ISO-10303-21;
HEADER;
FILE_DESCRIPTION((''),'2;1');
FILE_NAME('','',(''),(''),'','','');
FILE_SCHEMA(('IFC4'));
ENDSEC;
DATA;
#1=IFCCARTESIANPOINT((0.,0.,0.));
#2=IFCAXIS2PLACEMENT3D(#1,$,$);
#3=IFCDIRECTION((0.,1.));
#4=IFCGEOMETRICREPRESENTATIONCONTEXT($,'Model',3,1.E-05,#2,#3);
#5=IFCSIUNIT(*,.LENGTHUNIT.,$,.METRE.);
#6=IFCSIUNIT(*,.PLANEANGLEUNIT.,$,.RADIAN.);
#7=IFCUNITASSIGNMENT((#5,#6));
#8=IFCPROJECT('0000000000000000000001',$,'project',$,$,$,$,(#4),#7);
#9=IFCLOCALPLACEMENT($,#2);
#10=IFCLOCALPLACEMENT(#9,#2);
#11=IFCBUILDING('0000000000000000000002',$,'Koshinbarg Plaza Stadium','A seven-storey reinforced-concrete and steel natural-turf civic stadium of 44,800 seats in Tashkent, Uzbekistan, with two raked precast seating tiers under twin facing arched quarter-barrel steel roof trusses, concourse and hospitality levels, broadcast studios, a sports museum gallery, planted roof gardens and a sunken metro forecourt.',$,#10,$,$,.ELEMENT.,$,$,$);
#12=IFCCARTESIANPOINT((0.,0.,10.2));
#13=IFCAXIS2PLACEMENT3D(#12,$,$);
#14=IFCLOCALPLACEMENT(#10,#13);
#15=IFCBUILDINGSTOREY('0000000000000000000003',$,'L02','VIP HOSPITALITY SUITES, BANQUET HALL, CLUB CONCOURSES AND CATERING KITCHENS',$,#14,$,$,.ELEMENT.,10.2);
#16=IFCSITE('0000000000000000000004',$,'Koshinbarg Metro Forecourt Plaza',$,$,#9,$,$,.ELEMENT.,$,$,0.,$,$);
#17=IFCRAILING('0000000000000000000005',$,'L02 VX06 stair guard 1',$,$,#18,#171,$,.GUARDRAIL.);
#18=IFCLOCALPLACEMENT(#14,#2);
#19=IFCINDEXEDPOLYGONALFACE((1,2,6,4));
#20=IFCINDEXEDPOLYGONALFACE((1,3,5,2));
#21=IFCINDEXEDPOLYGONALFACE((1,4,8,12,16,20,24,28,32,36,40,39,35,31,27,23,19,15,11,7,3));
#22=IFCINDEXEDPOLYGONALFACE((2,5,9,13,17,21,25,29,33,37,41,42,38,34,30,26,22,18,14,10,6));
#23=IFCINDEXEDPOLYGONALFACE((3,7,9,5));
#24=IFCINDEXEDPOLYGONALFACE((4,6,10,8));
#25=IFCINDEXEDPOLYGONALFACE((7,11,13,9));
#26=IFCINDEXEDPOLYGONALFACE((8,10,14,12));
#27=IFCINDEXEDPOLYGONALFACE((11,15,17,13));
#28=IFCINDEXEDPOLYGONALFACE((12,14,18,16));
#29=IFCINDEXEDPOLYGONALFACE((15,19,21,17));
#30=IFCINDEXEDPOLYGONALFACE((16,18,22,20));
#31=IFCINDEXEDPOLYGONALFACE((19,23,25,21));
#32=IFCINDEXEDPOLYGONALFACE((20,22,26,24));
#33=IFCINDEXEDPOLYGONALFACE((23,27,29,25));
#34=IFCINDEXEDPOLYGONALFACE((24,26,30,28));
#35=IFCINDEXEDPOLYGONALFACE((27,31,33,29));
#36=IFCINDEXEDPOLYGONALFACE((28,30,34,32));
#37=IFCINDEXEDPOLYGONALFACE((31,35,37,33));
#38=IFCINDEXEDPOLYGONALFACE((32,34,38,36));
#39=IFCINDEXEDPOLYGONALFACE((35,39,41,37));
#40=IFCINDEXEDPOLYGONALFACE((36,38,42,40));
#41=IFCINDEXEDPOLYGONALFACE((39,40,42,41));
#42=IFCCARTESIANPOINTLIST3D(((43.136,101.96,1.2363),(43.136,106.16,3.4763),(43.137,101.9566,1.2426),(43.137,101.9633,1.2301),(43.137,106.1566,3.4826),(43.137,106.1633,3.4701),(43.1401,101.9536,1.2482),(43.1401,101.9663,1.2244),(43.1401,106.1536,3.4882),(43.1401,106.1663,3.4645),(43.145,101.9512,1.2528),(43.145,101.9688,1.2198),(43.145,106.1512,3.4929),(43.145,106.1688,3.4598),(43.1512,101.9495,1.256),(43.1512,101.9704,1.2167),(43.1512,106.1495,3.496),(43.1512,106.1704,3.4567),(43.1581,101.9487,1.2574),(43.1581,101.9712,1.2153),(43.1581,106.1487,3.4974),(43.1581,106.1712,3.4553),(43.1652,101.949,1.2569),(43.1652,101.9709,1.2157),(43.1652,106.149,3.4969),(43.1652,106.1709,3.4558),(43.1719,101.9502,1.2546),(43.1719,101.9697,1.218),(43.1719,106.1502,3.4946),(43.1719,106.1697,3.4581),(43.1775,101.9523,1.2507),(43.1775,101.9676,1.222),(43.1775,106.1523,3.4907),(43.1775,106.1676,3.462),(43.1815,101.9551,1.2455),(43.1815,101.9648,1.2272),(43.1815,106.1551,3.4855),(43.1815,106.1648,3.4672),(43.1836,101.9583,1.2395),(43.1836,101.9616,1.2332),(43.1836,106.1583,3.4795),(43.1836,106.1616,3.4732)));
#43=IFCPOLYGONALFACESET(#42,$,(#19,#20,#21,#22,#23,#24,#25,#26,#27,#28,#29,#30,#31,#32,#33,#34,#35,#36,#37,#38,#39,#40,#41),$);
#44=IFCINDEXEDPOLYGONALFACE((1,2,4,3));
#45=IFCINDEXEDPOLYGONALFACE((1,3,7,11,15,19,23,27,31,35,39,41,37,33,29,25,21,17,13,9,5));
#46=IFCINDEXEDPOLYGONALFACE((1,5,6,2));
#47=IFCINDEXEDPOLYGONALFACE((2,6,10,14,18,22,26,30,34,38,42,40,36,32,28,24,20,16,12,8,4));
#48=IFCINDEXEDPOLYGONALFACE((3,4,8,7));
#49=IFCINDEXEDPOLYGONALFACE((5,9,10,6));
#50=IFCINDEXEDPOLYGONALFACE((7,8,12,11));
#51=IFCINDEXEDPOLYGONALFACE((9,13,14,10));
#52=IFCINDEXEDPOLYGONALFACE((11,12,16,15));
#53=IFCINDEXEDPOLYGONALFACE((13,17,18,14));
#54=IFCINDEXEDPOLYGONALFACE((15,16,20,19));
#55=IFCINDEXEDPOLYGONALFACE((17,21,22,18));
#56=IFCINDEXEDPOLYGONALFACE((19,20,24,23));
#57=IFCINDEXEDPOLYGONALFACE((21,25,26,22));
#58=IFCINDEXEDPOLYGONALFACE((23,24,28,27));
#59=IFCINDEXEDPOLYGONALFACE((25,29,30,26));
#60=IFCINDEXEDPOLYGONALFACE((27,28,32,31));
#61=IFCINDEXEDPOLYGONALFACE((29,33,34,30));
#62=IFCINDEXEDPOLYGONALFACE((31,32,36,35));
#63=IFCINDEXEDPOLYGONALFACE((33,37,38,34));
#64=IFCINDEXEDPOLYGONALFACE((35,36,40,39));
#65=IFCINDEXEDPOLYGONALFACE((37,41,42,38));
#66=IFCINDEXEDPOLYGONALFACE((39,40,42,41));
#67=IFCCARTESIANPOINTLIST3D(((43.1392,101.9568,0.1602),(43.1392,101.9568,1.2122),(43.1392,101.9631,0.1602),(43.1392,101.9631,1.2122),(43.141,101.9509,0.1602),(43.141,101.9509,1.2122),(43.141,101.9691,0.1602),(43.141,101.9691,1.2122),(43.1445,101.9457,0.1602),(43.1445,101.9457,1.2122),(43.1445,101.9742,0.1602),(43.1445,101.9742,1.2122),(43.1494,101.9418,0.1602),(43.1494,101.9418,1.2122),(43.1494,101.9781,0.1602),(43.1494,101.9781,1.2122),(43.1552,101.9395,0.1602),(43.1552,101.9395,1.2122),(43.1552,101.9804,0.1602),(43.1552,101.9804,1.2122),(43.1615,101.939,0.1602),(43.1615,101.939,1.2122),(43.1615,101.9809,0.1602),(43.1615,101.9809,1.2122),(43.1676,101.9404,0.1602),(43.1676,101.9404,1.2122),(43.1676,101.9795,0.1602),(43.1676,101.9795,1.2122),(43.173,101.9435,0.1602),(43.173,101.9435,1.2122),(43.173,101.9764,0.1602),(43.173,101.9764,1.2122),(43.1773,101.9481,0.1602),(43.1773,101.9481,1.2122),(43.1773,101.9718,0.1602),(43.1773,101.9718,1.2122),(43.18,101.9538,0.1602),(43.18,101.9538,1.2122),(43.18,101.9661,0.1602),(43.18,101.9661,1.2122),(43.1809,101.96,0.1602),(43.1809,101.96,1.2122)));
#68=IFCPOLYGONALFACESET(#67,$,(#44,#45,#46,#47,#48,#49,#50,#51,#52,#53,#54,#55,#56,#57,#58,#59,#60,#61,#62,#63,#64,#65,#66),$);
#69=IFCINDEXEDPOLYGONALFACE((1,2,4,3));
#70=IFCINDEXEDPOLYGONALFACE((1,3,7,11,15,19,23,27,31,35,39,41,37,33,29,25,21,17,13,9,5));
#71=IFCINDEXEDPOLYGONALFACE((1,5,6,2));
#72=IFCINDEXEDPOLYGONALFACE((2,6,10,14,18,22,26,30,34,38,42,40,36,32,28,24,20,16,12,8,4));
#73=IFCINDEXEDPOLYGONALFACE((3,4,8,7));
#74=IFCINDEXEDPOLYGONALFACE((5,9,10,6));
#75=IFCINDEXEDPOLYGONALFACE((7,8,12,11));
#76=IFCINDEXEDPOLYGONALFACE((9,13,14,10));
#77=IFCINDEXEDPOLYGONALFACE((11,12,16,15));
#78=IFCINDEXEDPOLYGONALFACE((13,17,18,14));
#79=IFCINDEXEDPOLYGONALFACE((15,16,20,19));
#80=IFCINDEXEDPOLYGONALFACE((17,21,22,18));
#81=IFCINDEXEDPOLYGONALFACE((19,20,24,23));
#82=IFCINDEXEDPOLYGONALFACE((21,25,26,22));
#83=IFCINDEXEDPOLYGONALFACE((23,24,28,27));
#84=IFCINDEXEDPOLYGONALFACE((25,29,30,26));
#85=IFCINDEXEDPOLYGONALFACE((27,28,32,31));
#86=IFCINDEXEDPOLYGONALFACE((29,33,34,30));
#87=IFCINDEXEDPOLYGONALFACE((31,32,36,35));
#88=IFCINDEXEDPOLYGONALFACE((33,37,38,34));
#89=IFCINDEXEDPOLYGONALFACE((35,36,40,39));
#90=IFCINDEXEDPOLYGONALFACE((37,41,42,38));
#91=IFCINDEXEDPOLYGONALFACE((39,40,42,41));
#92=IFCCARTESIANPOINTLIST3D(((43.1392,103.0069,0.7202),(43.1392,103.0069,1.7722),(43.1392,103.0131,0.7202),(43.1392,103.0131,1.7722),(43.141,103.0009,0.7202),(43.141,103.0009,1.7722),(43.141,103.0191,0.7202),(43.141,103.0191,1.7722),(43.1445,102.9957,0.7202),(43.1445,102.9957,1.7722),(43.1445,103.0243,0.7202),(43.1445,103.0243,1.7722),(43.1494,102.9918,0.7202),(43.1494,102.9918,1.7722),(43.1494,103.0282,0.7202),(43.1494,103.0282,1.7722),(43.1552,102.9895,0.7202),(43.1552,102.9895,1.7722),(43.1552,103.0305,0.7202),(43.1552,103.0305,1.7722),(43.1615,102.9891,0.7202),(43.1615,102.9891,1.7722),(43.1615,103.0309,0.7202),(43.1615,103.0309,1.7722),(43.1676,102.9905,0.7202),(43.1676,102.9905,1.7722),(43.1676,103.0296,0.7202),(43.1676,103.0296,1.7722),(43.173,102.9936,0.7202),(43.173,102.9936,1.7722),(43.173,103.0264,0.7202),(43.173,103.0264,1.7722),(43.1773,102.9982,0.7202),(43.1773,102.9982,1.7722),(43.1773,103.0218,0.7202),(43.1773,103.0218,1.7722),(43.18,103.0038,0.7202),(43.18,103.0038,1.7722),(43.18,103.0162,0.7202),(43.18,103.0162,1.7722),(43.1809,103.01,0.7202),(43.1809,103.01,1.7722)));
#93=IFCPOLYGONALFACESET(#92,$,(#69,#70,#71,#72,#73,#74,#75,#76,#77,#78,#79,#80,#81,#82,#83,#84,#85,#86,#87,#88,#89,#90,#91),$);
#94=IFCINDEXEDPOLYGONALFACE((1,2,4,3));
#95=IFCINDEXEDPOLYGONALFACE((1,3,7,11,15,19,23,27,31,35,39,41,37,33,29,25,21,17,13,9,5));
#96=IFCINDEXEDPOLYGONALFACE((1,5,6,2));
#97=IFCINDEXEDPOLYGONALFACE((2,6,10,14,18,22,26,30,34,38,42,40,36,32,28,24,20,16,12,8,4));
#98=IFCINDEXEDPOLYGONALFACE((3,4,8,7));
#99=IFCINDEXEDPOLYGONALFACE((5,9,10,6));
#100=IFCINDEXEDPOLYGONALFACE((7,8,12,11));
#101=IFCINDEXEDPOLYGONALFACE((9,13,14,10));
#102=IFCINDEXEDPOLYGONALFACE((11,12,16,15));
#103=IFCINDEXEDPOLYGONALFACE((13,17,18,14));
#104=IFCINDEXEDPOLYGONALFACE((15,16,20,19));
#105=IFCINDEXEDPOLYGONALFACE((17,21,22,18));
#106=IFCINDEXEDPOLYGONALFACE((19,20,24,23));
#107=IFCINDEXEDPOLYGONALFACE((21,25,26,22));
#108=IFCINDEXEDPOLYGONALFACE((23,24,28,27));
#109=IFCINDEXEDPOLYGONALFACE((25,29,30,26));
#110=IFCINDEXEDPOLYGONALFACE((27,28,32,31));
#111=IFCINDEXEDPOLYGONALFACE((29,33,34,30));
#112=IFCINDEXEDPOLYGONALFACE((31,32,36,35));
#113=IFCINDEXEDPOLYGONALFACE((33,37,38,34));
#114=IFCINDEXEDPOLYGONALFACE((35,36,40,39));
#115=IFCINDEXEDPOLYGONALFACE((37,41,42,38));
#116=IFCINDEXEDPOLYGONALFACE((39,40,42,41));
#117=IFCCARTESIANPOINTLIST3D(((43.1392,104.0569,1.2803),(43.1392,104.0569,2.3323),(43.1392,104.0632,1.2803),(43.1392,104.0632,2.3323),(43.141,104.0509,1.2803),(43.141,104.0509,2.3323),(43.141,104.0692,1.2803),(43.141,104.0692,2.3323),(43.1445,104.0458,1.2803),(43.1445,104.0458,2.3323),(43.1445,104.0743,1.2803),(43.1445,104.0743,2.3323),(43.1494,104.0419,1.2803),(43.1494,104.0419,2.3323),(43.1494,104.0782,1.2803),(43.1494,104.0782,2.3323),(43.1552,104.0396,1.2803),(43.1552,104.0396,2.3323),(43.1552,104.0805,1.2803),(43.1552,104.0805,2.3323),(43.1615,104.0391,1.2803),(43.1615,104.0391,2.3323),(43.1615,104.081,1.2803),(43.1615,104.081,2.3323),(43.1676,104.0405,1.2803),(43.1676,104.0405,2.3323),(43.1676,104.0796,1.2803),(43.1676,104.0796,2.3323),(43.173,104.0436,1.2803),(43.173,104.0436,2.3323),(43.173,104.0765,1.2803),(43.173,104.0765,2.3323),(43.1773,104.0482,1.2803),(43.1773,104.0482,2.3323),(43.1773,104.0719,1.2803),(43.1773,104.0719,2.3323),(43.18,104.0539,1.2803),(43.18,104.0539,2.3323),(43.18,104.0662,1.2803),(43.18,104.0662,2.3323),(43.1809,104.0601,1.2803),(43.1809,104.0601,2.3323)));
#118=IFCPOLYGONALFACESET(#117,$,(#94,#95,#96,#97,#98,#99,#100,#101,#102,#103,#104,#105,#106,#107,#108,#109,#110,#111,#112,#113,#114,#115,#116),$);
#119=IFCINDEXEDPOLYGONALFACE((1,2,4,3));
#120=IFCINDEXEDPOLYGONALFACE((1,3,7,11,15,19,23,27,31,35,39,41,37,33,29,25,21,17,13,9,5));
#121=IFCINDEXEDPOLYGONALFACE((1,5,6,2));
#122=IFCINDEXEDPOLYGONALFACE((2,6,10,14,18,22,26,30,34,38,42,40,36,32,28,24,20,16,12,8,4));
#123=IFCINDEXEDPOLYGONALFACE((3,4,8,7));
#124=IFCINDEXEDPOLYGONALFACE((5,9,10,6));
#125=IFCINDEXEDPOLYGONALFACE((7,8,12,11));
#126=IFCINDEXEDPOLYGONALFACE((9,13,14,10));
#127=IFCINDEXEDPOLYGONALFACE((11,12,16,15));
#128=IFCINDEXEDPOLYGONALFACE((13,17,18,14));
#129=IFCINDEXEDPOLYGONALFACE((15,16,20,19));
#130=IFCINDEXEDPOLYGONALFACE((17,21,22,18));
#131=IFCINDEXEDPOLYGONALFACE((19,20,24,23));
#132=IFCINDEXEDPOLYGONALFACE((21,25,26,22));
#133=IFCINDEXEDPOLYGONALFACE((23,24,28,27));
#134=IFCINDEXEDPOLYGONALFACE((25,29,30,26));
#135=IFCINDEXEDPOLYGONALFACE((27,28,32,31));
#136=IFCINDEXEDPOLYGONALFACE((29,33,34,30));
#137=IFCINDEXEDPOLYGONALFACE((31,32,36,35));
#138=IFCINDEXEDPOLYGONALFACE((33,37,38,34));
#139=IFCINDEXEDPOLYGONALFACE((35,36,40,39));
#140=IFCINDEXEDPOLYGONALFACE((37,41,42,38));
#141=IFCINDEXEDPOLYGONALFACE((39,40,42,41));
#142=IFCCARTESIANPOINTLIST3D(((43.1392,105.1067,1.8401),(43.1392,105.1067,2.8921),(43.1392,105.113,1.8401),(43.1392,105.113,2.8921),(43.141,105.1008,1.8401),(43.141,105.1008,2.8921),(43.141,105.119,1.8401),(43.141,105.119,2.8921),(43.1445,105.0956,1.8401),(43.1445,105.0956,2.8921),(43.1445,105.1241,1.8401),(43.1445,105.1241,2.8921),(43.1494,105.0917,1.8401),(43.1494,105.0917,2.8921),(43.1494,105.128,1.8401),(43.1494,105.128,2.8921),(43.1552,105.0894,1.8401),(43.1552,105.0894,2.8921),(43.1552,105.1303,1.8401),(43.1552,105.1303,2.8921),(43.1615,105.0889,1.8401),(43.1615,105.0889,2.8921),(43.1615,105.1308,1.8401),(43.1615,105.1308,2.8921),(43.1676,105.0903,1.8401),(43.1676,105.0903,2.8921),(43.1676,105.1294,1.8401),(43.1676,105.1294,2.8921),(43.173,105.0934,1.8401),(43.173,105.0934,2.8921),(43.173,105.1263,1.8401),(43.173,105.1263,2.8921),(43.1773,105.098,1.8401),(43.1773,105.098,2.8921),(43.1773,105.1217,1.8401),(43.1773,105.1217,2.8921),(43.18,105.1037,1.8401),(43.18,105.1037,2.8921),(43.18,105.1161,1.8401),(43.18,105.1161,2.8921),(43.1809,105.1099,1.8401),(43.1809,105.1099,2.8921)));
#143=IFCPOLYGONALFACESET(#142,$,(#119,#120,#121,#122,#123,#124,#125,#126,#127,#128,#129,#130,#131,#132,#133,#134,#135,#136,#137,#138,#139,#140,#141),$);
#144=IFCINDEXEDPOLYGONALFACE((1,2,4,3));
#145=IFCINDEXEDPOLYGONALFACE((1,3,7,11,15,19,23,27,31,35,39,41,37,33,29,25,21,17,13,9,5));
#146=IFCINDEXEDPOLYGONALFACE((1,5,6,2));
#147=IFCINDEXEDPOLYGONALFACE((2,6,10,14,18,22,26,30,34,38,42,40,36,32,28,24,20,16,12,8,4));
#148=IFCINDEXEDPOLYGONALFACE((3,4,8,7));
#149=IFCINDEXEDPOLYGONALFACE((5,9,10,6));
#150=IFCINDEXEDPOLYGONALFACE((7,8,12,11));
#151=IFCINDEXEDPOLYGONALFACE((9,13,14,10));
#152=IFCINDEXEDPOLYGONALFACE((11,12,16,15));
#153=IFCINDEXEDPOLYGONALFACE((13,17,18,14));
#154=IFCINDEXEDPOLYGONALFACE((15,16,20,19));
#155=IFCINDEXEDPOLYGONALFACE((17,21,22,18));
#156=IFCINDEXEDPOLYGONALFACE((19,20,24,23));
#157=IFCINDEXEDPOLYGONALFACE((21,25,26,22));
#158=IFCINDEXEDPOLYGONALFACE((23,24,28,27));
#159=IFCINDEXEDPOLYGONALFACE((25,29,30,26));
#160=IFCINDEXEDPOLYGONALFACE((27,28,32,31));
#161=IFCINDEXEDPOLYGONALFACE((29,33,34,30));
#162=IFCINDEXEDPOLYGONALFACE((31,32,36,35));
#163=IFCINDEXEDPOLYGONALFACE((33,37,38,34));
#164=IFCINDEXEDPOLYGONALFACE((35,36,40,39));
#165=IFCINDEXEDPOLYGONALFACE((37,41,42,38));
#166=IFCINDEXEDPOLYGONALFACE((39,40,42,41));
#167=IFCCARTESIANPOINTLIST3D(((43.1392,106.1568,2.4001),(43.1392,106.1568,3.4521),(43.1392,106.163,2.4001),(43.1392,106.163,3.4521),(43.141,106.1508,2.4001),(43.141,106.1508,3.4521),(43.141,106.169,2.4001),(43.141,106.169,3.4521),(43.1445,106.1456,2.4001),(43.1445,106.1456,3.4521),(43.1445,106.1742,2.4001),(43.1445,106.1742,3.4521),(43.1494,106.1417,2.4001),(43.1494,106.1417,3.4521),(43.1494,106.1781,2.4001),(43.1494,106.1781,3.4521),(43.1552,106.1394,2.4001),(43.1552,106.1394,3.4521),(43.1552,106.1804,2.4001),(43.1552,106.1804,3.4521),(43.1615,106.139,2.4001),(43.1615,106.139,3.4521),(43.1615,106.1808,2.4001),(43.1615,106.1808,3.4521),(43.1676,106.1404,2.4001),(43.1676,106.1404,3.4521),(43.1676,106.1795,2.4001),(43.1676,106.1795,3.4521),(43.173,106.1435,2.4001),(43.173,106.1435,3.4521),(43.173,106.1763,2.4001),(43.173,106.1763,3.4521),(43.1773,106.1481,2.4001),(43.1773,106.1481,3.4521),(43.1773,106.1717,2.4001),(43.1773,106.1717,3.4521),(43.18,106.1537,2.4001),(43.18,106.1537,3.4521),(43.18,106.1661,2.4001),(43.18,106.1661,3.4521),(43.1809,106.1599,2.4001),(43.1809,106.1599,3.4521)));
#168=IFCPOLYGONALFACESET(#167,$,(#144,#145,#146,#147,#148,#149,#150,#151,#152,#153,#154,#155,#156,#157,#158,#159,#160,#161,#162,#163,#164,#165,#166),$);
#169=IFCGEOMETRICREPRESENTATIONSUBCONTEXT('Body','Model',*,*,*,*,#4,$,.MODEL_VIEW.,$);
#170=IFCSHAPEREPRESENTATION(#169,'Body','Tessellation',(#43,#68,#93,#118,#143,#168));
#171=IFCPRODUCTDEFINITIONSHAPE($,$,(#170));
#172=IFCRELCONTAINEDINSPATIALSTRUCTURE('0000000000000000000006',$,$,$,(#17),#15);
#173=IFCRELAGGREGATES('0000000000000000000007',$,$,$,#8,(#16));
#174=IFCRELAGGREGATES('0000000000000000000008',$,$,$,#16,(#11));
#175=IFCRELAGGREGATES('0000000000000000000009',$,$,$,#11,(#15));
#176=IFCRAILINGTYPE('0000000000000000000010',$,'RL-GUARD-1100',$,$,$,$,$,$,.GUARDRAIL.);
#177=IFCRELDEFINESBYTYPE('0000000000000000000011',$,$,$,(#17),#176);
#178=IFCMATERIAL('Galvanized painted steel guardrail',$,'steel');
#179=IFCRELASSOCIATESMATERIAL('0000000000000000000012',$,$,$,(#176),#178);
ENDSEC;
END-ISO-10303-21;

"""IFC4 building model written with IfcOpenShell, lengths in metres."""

from ifc_helpers import new_model, si_unit, direction, frame, origin, origin_2d, place, context, subcontext, project, spatial, circle, extrude, material, type_object, element, save


model = new_model("IFC4")

# Units and contexts
model_context = context("Model", 3, precision=1e-05, world=origin(), true_north=direction((0.0, 1.0)))
body_context = subcontext(model_context, "Body", "Model", "MODEL_VIEW")
ifc_project = project(units=[si_unit("LENGTHUNIT", "METRE"), si_unit("PLANEANGLEUNIT", "RADIAN")], contexts=[model_context])

# Site, building, storey
site_placement = place(None, origin())
site = spatial("IfcSite", under=ifc_project, at=site_placement, Name="Koshinbarg Metro Forecourt Plaza", CompositionType="ELEMENT", RefElevation=0.0)
building_placement = place(site_placement, origin())
building = spatial("IfcBuilding", under=site, at=building_placement, Name="Koshinbarg Plaza Stadium", Description="A seven-storey reinforced-concrete and steel natural-turf civic stadium of 44,800 seats in Tashkent, Uzbekistan, with two raked precast seating tiers under twin facing arched quarter-barrel steel roof trusses, concourse and hospitality levels, broadcast studios, a sports museum gallery, planted roof gardens and a sunken metro forecourt.", CompositionType="ELEMENT")
storey_placement = place(building_placement, frame((0.0, 0.0, 10.2)))
storey = spatial("IfcBuildingStorey", under=building, at=storey_placement, Name="L02", Description="VIP HOSPITALITY SUITES, BANQUET HALL, CLUB CONCOURSES AND CATERING KITCHENS", CompositionType="ELEMENT", Elevation=10.2)

# Railing
ifc_material_1 = material(Name="Galvanized painted steel guardrail", Category="steel")
railing_type_1 = type_object("IfcRailingType", Name="RL-GUARD-1100", PredefinedType="GUARDRAIL", material=ifc_material_1)
railing_1_placement = place(storey_placement, frame((43.1599, 101.96, 0.1602)))
element("IfcRailing", 1, at=railing_1_placement, inside=storey, type_object=railing_type_1, Name="L02 VX06 stair guard 1", PredefinedType="GUARDRAIL", context=body_context, shape_type="SweptSolid", body=[
    extrude(circle(Radius=0.0239, at=origin_2d()), frame((0.0, 0.0, 1.0762), z_axis=(0.0, 0.882352, 0.470591), x_axis=(-1.0, 0.0, 0.0)), (0.0, 0.0, 1.0), 4.76),
    extrude(circle(Radius=0.021, at=origin_2d()), origin(), (0.0, 0.0, 1.0), 1.052),
    extrude(circle(Radius=0.021, at=origin_2d()), frame((0.0, 1.05, 0.5601)), (0.0, 0.0, 1.0), 1.052),
    extrude(circle(Radius=0.021, at=origin_2d()), frame((0.0, 2.1001, 1.1201)), (0.0, 0.0, 1.0), 1.052),
    extrude(circle(Radius=0.021, at=origin_2d()), frame((0.0, 3.1499, 1.6799)), (0.0, 0.0, 1.0), 1.052),
    extrude(circle(Radius=0.021, at=origin_2d()), frame((0.0, 4.2, 2.24)), (0.0, 0.0, 1.0), 1.052),
])

save(model, "model.ifc")
